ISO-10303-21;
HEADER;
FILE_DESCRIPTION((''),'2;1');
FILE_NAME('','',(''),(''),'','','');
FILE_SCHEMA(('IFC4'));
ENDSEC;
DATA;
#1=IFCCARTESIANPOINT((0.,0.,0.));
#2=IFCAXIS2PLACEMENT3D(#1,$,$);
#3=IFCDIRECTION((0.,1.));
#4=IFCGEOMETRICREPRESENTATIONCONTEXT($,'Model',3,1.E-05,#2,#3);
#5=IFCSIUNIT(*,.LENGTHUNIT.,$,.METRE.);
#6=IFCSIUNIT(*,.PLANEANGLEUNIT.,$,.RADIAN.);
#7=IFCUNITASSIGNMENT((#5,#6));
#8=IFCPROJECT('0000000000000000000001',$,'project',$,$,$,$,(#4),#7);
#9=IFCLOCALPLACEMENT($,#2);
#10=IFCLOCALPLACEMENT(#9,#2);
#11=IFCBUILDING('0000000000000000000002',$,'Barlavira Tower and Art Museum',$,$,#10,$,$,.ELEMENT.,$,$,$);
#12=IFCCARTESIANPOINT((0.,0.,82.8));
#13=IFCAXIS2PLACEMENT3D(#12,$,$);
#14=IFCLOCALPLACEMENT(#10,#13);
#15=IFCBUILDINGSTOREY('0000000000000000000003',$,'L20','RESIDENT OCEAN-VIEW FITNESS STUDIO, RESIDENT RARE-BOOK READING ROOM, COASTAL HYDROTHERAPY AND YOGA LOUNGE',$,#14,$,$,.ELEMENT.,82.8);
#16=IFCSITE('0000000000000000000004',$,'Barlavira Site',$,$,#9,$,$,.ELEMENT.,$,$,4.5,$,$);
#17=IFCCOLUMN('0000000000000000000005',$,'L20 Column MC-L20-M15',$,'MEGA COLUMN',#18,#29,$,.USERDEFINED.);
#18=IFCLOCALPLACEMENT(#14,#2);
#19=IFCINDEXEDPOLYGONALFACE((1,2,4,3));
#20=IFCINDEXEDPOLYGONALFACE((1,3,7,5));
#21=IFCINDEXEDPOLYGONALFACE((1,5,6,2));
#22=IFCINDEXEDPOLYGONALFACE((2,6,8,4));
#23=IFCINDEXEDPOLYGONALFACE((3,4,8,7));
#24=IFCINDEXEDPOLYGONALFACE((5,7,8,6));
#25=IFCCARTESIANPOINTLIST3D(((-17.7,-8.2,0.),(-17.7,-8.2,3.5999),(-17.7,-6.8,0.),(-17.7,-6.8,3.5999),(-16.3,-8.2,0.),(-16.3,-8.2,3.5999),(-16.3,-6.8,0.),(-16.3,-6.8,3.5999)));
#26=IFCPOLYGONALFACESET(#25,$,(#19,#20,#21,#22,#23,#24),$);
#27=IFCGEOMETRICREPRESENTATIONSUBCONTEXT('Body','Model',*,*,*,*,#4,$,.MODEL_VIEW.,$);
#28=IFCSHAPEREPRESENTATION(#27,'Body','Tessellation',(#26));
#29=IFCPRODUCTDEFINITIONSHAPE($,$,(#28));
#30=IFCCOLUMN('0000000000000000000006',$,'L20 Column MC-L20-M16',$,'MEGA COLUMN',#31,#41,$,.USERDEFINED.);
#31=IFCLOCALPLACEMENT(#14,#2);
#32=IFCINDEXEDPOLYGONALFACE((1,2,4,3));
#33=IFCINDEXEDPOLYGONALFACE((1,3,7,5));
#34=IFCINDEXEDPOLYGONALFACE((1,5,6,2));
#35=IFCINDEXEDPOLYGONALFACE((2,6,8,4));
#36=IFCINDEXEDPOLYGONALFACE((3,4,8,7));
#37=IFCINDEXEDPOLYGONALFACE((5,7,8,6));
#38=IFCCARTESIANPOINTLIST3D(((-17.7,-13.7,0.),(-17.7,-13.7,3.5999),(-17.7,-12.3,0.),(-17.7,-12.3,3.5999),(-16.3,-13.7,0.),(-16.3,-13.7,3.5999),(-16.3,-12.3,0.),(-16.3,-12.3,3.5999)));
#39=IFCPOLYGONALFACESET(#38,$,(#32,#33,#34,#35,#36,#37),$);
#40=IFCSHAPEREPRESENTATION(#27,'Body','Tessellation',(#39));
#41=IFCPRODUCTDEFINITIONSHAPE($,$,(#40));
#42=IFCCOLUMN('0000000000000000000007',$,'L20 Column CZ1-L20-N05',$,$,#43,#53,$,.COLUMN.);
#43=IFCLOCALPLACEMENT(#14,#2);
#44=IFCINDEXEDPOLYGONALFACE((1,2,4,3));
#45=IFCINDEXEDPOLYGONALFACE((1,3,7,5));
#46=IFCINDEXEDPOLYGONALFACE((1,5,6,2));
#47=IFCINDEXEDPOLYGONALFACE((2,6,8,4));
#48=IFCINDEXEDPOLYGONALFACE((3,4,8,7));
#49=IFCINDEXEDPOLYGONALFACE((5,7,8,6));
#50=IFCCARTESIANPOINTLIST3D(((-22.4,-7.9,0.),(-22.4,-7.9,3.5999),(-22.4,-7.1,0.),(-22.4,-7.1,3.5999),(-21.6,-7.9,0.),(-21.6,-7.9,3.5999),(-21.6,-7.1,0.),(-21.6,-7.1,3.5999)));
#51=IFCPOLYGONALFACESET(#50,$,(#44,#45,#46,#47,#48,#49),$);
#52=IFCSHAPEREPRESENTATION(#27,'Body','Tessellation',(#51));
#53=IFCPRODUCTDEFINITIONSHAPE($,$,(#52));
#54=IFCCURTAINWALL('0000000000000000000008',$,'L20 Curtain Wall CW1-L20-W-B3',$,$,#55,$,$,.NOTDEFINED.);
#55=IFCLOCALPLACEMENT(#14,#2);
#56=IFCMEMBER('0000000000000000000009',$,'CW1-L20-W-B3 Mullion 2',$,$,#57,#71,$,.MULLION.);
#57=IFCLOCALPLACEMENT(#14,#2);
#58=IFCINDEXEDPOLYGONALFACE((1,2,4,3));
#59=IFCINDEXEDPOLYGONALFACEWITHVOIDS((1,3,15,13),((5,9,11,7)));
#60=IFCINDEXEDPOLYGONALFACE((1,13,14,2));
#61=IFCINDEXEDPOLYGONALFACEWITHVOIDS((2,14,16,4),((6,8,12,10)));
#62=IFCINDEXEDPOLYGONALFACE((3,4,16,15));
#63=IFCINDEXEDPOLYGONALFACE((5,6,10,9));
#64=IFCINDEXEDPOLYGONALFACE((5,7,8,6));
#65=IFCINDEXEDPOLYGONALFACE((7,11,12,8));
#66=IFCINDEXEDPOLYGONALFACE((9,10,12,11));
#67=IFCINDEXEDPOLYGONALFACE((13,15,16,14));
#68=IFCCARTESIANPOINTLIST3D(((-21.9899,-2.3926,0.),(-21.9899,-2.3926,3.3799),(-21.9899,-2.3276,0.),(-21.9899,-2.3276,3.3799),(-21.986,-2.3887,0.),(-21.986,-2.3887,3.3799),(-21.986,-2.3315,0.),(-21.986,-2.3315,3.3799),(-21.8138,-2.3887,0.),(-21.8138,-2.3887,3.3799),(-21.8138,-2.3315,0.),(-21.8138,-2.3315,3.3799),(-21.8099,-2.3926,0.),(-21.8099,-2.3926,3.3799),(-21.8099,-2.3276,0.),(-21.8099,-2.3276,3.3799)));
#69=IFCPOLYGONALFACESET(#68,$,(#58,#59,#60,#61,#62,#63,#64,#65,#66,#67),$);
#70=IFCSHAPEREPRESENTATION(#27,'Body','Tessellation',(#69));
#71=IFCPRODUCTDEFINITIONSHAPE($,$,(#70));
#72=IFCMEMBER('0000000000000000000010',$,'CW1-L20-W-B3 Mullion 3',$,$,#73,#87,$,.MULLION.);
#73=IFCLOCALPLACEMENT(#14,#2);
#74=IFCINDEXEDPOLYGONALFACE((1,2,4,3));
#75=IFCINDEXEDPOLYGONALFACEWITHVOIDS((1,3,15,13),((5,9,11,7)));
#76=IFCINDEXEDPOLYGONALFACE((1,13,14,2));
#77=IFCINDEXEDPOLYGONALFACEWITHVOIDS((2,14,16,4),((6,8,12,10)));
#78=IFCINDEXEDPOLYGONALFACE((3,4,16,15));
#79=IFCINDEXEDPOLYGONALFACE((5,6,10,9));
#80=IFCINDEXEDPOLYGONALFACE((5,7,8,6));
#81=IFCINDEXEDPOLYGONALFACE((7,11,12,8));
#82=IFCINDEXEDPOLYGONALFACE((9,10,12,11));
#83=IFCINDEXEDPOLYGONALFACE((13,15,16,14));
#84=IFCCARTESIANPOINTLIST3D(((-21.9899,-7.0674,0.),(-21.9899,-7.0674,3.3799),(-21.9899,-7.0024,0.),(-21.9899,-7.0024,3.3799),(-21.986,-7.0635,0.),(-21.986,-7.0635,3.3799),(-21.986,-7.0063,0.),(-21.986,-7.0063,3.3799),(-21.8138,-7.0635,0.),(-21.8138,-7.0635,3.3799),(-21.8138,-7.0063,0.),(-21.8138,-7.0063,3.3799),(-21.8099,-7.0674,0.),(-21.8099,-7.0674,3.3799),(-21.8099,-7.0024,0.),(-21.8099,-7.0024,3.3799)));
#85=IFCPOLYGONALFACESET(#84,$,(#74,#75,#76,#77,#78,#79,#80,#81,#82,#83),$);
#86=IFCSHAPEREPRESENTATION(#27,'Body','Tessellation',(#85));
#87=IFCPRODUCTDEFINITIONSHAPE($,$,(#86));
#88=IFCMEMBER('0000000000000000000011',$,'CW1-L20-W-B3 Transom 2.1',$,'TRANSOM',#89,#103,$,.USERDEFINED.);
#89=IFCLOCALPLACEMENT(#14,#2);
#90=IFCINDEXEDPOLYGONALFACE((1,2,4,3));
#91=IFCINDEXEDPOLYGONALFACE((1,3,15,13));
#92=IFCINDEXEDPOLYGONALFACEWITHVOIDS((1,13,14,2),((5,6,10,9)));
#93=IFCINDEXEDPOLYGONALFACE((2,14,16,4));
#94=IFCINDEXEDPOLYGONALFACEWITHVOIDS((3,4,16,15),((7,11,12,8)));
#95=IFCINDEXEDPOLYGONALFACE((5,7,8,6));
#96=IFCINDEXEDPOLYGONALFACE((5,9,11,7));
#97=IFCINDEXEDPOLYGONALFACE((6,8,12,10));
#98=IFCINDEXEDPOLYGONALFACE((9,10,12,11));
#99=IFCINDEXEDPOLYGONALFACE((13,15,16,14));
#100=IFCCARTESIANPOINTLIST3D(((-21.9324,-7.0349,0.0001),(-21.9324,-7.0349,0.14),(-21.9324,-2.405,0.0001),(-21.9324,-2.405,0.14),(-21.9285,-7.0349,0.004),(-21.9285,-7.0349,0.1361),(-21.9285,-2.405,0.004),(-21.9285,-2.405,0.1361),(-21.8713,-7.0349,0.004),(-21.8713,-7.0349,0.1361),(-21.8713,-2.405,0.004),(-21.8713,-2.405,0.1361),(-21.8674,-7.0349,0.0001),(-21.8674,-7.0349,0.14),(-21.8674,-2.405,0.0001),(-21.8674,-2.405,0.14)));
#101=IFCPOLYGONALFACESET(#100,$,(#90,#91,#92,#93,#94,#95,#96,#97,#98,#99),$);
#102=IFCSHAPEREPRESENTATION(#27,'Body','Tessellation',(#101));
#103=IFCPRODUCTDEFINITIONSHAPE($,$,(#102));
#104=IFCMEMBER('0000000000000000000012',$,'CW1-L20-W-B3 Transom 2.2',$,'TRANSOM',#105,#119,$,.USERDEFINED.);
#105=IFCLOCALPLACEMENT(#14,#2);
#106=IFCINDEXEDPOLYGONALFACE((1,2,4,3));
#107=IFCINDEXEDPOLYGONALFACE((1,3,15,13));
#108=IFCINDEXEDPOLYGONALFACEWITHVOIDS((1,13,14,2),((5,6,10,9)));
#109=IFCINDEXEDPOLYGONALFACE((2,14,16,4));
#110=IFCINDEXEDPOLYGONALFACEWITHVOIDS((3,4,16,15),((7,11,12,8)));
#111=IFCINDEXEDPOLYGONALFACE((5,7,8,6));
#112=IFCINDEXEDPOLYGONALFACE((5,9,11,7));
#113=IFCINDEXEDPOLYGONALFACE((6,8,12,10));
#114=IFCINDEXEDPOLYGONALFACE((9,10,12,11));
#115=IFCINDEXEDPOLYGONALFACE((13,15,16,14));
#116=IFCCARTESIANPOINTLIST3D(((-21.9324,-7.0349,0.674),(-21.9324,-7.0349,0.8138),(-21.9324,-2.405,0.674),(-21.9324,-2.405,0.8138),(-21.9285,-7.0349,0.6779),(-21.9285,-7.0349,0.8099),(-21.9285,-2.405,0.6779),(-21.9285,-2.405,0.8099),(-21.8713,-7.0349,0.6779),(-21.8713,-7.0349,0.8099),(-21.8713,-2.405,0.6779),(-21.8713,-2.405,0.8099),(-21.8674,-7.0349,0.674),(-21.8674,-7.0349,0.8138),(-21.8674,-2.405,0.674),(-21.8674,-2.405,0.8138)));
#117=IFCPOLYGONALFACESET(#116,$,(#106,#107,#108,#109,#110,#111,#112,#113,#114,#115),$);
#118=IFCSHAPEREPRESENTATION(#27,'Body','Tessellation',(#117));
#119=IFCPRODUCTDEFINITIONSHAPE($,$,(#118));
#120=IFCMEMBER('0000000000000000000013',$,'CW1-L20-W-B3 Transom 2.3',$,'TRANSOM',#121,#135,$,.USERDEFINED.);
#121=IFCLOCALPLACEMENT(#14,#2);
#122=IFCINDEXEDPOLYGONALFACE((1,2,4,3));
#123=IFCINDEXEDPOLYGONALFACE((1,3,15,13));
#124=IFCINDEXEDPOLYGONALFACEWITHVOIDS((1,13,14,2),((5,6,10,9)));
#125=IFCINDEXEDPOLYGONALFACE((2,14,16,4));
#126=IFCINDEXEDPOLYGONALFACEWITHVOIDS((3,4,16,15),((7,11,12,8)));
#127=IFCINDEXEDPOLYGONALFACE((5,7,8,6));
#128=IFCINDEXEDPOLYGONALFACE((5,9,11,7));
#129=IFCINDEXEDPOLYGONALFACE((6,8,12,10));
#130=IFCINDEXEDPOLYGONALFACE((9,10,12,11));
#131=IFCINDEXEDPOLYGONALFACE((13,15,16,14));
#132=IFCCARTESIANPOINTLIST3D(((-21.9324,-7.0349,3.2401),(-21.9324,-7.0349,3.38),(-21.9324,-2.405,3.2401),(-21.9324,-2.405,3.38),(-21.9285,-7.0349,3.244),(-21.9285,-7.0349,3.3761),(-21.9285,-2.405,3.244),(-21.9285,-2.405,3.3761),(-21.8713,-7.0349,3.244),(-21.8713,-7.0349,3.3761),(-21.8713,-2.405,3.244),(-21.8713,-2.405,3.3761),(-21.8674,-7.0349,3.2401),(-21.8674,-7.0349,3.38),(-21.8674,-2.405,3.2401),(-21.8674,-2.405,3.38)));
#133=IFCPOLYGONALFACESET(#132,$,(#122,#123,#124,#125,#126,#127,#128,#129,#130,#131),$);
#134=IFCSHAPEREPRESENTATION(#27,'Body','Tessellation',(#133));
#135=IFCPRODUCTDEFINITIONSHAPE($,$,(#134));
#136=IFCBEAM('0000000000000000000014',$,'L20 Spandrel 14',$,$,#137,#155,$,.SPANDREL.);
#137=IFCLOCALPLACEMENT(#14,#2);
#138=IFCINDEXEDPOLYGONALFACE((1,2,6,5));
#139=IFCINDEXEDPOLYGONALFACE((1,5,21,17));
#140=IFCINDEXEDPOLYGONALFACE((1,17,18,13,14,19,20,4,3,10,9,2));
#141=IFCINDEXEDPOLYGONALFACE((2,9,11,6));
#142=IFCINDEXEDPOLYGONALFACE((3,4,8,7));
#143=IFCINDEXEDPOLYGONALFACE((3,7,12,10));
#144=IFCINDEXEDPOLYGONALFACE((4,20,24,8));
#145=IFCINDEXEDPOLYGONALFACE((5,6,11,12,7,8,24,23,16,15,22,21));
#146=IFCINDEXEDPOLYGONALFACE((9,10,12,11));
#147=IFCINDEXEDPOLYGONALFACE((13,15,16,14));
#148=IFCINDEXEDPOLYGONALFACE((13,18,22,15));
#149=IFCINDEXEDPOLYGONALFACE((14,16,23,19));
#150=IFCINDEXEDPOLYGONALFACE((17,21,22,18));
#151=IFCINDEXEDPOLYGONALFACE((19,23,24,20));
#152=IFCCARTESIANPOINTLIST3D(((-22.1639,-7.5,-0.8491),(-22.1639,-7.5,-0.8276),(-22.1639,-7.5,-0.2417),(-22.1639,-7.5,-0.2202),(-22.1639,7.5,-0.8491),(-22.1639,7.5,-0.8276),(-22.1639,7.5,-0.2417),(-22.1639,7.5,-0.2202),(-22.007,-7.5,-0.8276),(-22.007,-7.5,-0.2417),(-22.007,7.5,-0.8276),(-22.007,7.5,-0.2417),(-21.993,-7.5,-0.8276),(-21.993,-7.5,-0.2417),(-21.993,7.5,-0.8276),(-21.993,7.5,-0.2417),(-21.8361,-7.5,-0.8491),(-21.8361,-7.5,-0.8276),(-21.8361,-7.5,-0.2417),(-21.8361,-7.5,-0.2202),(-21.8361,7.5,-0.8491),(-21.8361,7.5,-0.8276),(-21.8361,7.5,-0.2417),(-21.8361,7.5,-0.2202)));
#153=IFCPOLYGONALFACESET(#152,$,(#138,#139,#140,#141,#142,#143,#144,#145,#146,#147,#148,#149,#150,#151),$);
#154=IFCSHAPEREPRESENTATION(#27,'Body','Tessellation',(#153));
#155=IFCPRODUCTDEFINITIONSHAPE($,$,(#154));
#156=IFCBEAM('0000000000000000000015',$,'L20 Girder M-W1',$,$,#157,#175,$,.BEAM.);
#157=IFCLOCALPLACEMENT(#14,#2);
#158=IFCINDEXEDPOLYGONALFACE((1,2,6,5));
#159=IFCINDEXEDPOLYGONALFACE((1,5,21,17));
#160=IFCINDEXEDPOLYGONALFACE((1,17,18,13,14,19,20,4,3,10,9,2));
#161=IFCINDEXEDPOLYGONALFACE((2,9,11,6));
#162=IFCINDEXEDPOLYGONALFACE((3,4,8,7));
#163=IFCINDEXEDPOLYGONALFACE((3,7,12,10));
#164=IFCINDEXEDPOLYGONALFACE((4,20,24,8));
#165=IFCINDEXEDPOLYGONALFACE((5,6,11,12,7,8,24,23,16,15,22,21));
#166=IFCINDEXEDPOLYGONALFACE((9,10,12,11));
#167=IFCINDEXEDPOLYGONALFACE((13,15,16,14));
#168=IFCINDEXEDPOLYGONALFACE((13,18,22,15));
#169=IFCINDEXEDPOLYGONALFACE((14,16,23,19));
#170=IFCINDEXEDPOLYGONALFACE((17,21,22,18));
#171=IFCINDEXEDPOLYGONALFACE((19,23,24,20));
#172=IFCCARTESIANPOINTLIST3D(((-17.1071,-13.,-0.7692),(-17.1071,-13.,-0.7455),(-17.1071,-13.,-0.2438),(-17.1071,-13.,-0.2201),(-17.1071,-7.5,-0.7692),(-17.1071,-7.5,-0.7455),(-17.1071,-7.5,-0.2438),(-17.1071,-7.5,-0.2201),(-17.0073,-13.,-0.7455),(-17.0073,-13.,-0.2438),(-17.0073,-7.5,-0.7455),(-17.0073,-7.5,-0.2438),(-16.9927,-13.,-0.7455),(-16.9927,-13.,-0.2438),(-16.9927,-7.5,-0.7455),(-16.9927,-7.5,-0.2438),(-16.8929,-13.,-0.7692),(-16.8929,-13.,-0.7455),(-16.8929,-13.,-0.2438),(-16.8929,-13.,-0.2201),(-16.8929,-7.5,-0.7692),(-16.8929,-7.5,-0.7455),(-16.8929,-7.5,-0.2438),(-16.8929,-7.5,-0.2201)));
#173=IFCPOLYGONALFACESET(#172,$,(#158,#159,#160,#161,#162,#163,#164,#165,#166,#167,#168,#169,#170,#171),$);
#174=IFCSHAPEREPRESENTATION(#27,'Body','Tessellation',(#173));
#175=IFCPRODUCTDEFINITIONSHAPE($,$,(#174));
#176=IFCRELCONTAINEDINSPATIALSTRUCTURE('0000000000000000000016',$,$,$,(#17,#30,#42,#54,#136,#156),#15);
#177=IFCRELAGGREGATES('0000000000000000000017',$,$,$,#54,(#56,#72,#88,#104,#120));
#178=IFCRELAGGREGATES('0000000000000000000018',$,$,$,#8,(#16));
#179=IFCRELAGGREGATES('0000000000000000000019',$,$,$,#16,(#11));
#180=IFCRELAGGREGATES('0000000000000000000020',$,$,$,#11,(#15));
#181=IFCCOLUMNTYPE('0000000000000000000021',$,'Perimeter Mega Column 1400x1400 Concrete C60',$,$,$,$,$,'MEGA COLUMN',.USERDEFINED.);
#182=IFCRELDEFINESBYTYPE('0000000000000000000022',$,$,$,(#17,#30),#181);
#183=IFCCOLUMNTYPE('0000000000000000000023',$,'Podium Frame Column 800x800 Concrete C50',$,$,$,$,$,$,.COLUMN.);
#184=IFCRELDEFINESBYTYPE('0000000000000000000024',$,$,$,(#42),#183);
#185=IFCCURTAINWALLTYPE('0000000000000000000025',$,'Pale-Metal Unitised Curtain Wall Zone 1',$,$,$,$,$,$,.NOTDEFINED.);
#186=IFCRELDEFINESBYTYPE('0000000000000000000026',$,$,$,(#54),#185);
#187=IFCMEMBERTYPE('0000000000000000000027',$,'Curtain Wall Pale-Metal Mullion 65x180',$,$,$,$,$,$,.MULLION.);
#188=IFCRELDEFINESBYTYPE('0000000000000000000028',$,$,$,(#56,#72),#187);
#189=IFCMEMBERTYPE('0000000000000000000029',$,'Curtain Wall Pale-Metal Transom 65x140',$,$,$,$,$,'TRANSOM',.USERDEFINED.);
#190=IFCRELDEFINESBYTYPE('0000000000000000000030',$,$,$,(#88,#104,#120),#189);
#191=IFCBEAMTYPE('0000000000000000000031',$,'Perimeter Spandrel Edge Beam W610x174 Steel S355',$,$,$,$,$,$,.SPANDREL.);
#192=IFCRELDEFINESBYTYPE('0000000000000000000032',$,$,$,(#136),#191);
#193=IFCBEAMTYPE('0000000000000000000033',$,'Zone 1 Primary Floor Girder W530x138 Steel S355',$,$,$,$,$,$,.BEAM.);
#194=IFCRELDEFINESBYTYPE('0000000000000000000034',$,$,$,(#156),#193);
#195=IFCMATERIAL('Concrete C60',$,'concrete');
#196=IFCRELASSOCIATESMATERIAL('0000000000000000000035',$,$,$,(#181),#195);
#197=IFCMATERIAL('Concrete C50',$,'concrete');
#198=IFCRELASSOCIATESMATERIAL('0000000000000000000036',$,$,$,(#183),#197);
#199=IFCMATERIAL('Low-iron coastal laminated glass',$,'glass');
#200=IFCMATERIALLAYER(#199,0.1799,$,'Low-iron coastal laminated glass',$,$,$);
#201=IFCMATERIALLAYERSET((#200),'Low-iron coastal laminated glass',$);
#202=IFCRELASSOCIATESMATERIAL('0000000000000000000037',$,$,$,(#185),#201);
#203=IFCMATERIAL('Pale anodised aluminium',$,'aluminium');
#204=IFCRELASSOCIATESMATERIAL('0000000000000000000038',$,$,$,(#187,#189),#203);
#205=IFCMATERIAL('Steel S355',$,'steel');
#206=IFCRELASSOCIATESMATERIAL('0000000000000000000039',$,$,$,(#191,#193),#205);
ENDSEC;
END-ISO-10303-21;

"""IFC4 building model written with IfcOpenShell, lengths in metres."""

from ifc_helpers import new_model, si_unit, direction, frame, origin, origin_2d, place, context, subcontext, project, spatial, rectangle, hollow_rectangle, i_section, extrude, material, layer, layer_set, material_profile, profile_set, type_object, element, aggregate, save


model = new_model("IFC4")

# Units and contexts
model_context = context("Model", 3, precision=1e-05, world=origin(), true_north=direction((0.0, 1.0)))
body_context = subcontext(model_context, "Body", "Model", "MODEL_VIEW")
ifc_project = project(units=[si_unit("LENGTHUNIT", "METRE"), si_unit("PLANEANGLEUNIT", "RADIAN")], contexts=[model_context])

# Site, building, storey
site_placement = place(None, origin())
site = spatial("IfcSite", under=ifc_project, at=site_placement, Name="Barlavira Site", CompositionType="ELEMENT", RefElevation=4.5)
building_placement = place(site_placement, origin())
building = spatial("IfcBuilding", under=site, at=building_placement, Name="Barlavira Tower and Art Museum", CompositionType="ELEMENT")
storey_placement = place(building_placement, frame((0.0, 0.0, 82.8)))
storey = spatial("IfcBuildingStorey", under=building, at=storey_placement, Name="L20", Description="RESIDENT OCEAN-VIEW FITNESS STUDIO, RESIDENT RARE-BOOK READING ROOM, COASTAL HYDROTHERAPY AND YOGA LOUNGE", CompositionType="ELEMENT", Elevation=82.8)

# Columns
ifc_material_1 = material(Name="Concrete C60", Category="concrete")
ifc_material_profile_1 = material_profile(ifc_material_1, rectangle(XDim=1.3999, YDim=1.3999, at=origin_2d()), Name="RC-MCOL 1400x1400")
ifc_profile_set_1 = profile_set([ifc_material_profile_1], Name="Concrete C60")
column_type_1 = type_object("IfcColumnType", Name="Perimeter Mega Column 1400x1400 Concrete C60", ElementType="MEGA COLUMN", PredefinedType="USERDEFINED", material=ifc_profile_set_1)
for number, where, z_axis, x_axis, name in (
    (1, (-17.0, -7.5, 0.0), (0.0, 0.0, 1.0), (1.0, 0.0, 0.0), "L20 Column MC-L20-M15"),
    (2, (-17.0, -13.0, 0.0), (0.0, 0.0, 1.0), (1.0, 0.0, 0.0), "L20 Column MC-L20-M16"),
):
    element("IfcColumn", number, at=place(storey_placement, frame(where, z_axis=z_axis, x_axis=x_axis)), inside=storey, type_object=column_type_1, Name=name, ObjectType="MEGA COLUMN", PredefinedType="USERDEFINED", context=body_context, shape_type="SweptSolid", body=[
        extrude(rectangle(XDim=1.3999, YDim=1.3999, at=origin_2d()), origin(), (0.0, 0.0, 1.0), 3.5999),
    ])
ifc_material_2 = material(Name="Concrete C50", Category="concrete")
ifc_material_profile_2 = material_profile(ifc_material_2, rectangle(XDim=0.8, YDim=0.8, at=origin_2d()), Name="RC-COL 800x800")
ifc_profile_set_2 = profile_set([ifc_material_profile_2], Name="Concrete C50")
column_type_2 = type_object("IfcColumnType", Name="Podium Frame Column 800x800 Concrete C50", PredefinedType="COLUMN", material=ifc_profile_set_2)
column_placement = place(storey_placement, frame((-22.0, -7.5, 0.0), z_axis=(0.0, 0.0, 1.0), x_axis=(1.0, 0.0, 0.0)))
element("IfcColumn", 3, at=column_placement, inside=storey, type_object=column_type_2, Name="L20 Column CZ1-L20-N05", PredefinedType="COLUMN", context=body_context, shape_type="SweptSolid", body=[
    extrude(rectangle(XDim=0.8, YDim=0.8, at=origin_2d()), origin(), (0.0, 0.0, 1.0), 3.5999),
])

# Curtain wall, members
ifc_material_3 = material(Name="Low-iron coastal laminated glass", Category="glass")
ifc_layer_1 = layer(ifc_material_3, 0.1799, Name="Low-iron coastal laminated glass")
ifc_layer_set_1 = layer_set([ifc_layer_1], Name="Low-iron coastal laminated glass")
curtain_wall_type = type_object("IfcCurtainWallType", Name="Pale-Metal Unitised Curtain Wall Zone 1", PredefinedType="NOTDEFINED", material=ifc_layer_set_1)
curtain_wall_placement = place(storey_placement, origin())
curtain_wall = element("IfcCurtainWall", 4, at=curtain_wall_placement, inside=storey, type_object=curtain_wall_type, Name="L20 Curtain Wall CW1-L20-W-B3", PredefinedType="NOTDEFINED")
ifc_material_4 = material(Name="Pale anodised aluminium", Category="aluminium")
ifc_material_profile_3 = material_profile(ifc_material_4, hollow_rectangle(XDim=0.0649, YDim=0.1799, WallThickness=0.0039, at=origin_2d()), Name="ALU-MULL 65x180x4")
ifc_profile_set_3 = profile_set([ifc_material_profile_3], Name="Pale anodised aluminium")
member_type_1 = type_object("IfcMemberType", Name="Curtain Wall Pale-Metal Mullion 65x180", PredefinedType="MULLION", material=ifc_profile_set_3)
member_1_placement = place(storey_placement, frame((-21.8999, -2.3601, 0.0), z_axis=(0.0, 0.0, 1.0), x_axis=(0.0, -1.0, 0.0)))
member_1 = element("IfcMember", 5, at=member_1_placement, type_object=member_type_1, Name="CW1-L20-W-B3 Mullion 2", PredefinedType="MULLION", context=body_context, shape_type="SweptSolid", body=[
    extrude(hollow_rectangle(XDim=0.0649, YDim=0.1799, WallThickness=0.0039, at=origin_2d()), origin(), (0.0, 0.0, 1.0), 3.3799),
])
member_2_placement = place(storey_placement, frame((-21.8999, -7.0349, 0.0), z_axis=(0.0, 0.0, 1.0), x_axis=(0.0, -1.0, 0.0)))
member_2 = element("IfcMember", 6, at=member_2_placement, type_object=member_type_1, Name="CW1-L20-W-B3 Mullion 3", PredefinedType="MULLION", context=body_context, shape_type="SweptSolid", body=[
    extrude(hollow_rectangle(XDim=0.0649, YDim=0.1799, WallThickness=0.0039, at=origin_2d()), origin(), (0.0, 0.0, 1.0), 3.3799),
])
ifc_material_profile_4 = material_profile(ifc_material_4, hollow_rectangle(XDim=0.0649, YDim=0.1399, WallThickness=0.0039, at=origin_2d()), Name="ALU-TRAN 65x140x4")
ifc_profile_set_4 = profile_set([ifc_material_profile_4], Name="Pale anodised aluminium")
member_type_2 = type_object("IfcMemberType", Name="Curtain Wall Pale-Metal Transom 65x140", ElementType="TRANSOM", PredefinedType="USERDEFINED", material=ifc_profile_set_4)
member_3_placement = place(storey_placement, frame((-21.8999, -2.405, 0.0701), z_axis=(0.0, -1.0, 0.0), x_axis=(1.0, 0.0, 0.0)))
member_3 = element("IfcMember", 7, at=member_3_placement, type_object=member_type_2, Name="CW1-L20-W-B3 Transom 2.1", ObjectType="TRANSOM", PredefinedType="USERDEFINED", context=body_context, shape_type="SweptSolid", body=[
    extrude(hollow_rectangle(XDim=0.0649, YDim=0.1399, WallThickness=0.0039, at=origin_2d()), origin(), (0.0, 0.0, 1.0), 4.6299),
])
member_4_placement = place(storey_placement, frame((-21.8999, -2.405, 0.7439), z_axis=(0.0, -1.0, 0.0), x_axis=(1.0, 0.0, 0.0)))
member_4 = element("IfcMember", 8, at=member_4_placement, type_object=member_type_2, Name="CW1-L20-W-B3 Transom 2.2", ObjectType="TRANSOM", PredefinedType="USERDEFINED", context=body_context, shape_type="SweptSolid", body=[
    extrude(hollow_rectangle(XDim=0.0649, YDim=0.1399, WallThickness=0.0039, at=origin_2d()), origin(), (0.0, 0.0, 1.0), 4.6299),
])
member_5_placement = place(storey_placement, frame((-21.8999, -2.405, 3.3101), z_axis=(0.0, -1.0, 0.0), x_axis=(1.0, 0.0, 0.0)))
member_5 = element("IfcMember", 9, at=member_5_placement, type_object=member_type_2, Name="CW1-L20-W-B3 Transom 2.3", ObjectType="TRANSOM", PredefinedType="USERDEFINED", context=body_context, shape_type="SweptSolid", body=[
    extrude(hollow_rectangle(XDim=0.0649, YDim=0.1399, WallThickness=0.0039, at=origin_2d()), origin(), (0.0, 0.0, 1.0), 4.6299),
])

# Beams
ifc_material_5 = material(Name="Steel S355", Category="steel")
ifc_material_profile_5 = material_profile(ifc_material_5, i_section(OverallWidth=0.3279, OverallDepth=0.6289, WebThickness=0.0139, FlangeThickness=0.0215, at=origin_2d()), Name="W610x174.0")
ifc_profile_set_5 = profile_set([ifc_material_profile_5], Name="Steel S355")
beam_type_1 = type_object("IfcBeamType", Name="Perimeter Spandrel Edge Beam W610x174 Steel S355", PredefinedType="SPANDREL", material=ifc_profile_set_5)
beam_1_placement = place(storey_placement, frame((-22.0, -7.5, -0.5347), z_axis=(0.0, 1.0, 0.0), x_axis=(-1.0, 0.0, 0.0)))
element("IfcBeam", 10, at=beam_1_placement, inside=storey, type_object=beam_type_1, Name="L20 Spandrel 14", PredefinedType="SPANDREL", context=body_context, shape_type="SweptSolid", body=[
    extrude(i_section(OverallWidth=0.3279, OverallDepth=0.6289, WebThickness=0.0139, FlangeThickness=0.0215, at=origin_2d()), origin(), (0.0, 0.0, 1.0), 15.0),
])
ifc_material_profile_6 = material_profile(ifc_material_5, i_section(OverallWidth=0.2141, OverallDepth=0.5491, WebThickness=0.0146, FlangeThickness=0.0237, at=origin_2d()), Name="W530x138.0")
ifc_profile_set_6 = profile_set([ifc_material_profile_6], Name="Steel S355")
beam_type_2 = type_object("IfcBeamType", Name="Zone 1 Primary Floor Girder W530x138 Steel S355", PredefinedType="BEAM", material=ifc_profile_set_6)
beam_2_placement = place(storey_placement, frame((-17.0, -13.0, -0.4946), z_axis=(0.0, 1.0, 0.0), x_axis=(-1.0, 0.0, 0.0)))
element("IfcBeam", 11, at=beam_2_placement, inside=storey, type_object=beam_type_2, Name="L20 Girder M-W1", PredefinedType="BEAM", context=body_context, shape_type="SweptSolid", body=[
    extrude(i_section(OverallWidth=0.2141, OverallDepth=0.5491, WebThickness=0.0146, FlangeThickness=0.0237, at=origin_2d()), origin(), (0.0, 0.0, 1.0), 5.5),
])

aggregate(curtain_wall, [member_1, member_2, member_3, member_4, member_5])

save(model, "model.ifc")
